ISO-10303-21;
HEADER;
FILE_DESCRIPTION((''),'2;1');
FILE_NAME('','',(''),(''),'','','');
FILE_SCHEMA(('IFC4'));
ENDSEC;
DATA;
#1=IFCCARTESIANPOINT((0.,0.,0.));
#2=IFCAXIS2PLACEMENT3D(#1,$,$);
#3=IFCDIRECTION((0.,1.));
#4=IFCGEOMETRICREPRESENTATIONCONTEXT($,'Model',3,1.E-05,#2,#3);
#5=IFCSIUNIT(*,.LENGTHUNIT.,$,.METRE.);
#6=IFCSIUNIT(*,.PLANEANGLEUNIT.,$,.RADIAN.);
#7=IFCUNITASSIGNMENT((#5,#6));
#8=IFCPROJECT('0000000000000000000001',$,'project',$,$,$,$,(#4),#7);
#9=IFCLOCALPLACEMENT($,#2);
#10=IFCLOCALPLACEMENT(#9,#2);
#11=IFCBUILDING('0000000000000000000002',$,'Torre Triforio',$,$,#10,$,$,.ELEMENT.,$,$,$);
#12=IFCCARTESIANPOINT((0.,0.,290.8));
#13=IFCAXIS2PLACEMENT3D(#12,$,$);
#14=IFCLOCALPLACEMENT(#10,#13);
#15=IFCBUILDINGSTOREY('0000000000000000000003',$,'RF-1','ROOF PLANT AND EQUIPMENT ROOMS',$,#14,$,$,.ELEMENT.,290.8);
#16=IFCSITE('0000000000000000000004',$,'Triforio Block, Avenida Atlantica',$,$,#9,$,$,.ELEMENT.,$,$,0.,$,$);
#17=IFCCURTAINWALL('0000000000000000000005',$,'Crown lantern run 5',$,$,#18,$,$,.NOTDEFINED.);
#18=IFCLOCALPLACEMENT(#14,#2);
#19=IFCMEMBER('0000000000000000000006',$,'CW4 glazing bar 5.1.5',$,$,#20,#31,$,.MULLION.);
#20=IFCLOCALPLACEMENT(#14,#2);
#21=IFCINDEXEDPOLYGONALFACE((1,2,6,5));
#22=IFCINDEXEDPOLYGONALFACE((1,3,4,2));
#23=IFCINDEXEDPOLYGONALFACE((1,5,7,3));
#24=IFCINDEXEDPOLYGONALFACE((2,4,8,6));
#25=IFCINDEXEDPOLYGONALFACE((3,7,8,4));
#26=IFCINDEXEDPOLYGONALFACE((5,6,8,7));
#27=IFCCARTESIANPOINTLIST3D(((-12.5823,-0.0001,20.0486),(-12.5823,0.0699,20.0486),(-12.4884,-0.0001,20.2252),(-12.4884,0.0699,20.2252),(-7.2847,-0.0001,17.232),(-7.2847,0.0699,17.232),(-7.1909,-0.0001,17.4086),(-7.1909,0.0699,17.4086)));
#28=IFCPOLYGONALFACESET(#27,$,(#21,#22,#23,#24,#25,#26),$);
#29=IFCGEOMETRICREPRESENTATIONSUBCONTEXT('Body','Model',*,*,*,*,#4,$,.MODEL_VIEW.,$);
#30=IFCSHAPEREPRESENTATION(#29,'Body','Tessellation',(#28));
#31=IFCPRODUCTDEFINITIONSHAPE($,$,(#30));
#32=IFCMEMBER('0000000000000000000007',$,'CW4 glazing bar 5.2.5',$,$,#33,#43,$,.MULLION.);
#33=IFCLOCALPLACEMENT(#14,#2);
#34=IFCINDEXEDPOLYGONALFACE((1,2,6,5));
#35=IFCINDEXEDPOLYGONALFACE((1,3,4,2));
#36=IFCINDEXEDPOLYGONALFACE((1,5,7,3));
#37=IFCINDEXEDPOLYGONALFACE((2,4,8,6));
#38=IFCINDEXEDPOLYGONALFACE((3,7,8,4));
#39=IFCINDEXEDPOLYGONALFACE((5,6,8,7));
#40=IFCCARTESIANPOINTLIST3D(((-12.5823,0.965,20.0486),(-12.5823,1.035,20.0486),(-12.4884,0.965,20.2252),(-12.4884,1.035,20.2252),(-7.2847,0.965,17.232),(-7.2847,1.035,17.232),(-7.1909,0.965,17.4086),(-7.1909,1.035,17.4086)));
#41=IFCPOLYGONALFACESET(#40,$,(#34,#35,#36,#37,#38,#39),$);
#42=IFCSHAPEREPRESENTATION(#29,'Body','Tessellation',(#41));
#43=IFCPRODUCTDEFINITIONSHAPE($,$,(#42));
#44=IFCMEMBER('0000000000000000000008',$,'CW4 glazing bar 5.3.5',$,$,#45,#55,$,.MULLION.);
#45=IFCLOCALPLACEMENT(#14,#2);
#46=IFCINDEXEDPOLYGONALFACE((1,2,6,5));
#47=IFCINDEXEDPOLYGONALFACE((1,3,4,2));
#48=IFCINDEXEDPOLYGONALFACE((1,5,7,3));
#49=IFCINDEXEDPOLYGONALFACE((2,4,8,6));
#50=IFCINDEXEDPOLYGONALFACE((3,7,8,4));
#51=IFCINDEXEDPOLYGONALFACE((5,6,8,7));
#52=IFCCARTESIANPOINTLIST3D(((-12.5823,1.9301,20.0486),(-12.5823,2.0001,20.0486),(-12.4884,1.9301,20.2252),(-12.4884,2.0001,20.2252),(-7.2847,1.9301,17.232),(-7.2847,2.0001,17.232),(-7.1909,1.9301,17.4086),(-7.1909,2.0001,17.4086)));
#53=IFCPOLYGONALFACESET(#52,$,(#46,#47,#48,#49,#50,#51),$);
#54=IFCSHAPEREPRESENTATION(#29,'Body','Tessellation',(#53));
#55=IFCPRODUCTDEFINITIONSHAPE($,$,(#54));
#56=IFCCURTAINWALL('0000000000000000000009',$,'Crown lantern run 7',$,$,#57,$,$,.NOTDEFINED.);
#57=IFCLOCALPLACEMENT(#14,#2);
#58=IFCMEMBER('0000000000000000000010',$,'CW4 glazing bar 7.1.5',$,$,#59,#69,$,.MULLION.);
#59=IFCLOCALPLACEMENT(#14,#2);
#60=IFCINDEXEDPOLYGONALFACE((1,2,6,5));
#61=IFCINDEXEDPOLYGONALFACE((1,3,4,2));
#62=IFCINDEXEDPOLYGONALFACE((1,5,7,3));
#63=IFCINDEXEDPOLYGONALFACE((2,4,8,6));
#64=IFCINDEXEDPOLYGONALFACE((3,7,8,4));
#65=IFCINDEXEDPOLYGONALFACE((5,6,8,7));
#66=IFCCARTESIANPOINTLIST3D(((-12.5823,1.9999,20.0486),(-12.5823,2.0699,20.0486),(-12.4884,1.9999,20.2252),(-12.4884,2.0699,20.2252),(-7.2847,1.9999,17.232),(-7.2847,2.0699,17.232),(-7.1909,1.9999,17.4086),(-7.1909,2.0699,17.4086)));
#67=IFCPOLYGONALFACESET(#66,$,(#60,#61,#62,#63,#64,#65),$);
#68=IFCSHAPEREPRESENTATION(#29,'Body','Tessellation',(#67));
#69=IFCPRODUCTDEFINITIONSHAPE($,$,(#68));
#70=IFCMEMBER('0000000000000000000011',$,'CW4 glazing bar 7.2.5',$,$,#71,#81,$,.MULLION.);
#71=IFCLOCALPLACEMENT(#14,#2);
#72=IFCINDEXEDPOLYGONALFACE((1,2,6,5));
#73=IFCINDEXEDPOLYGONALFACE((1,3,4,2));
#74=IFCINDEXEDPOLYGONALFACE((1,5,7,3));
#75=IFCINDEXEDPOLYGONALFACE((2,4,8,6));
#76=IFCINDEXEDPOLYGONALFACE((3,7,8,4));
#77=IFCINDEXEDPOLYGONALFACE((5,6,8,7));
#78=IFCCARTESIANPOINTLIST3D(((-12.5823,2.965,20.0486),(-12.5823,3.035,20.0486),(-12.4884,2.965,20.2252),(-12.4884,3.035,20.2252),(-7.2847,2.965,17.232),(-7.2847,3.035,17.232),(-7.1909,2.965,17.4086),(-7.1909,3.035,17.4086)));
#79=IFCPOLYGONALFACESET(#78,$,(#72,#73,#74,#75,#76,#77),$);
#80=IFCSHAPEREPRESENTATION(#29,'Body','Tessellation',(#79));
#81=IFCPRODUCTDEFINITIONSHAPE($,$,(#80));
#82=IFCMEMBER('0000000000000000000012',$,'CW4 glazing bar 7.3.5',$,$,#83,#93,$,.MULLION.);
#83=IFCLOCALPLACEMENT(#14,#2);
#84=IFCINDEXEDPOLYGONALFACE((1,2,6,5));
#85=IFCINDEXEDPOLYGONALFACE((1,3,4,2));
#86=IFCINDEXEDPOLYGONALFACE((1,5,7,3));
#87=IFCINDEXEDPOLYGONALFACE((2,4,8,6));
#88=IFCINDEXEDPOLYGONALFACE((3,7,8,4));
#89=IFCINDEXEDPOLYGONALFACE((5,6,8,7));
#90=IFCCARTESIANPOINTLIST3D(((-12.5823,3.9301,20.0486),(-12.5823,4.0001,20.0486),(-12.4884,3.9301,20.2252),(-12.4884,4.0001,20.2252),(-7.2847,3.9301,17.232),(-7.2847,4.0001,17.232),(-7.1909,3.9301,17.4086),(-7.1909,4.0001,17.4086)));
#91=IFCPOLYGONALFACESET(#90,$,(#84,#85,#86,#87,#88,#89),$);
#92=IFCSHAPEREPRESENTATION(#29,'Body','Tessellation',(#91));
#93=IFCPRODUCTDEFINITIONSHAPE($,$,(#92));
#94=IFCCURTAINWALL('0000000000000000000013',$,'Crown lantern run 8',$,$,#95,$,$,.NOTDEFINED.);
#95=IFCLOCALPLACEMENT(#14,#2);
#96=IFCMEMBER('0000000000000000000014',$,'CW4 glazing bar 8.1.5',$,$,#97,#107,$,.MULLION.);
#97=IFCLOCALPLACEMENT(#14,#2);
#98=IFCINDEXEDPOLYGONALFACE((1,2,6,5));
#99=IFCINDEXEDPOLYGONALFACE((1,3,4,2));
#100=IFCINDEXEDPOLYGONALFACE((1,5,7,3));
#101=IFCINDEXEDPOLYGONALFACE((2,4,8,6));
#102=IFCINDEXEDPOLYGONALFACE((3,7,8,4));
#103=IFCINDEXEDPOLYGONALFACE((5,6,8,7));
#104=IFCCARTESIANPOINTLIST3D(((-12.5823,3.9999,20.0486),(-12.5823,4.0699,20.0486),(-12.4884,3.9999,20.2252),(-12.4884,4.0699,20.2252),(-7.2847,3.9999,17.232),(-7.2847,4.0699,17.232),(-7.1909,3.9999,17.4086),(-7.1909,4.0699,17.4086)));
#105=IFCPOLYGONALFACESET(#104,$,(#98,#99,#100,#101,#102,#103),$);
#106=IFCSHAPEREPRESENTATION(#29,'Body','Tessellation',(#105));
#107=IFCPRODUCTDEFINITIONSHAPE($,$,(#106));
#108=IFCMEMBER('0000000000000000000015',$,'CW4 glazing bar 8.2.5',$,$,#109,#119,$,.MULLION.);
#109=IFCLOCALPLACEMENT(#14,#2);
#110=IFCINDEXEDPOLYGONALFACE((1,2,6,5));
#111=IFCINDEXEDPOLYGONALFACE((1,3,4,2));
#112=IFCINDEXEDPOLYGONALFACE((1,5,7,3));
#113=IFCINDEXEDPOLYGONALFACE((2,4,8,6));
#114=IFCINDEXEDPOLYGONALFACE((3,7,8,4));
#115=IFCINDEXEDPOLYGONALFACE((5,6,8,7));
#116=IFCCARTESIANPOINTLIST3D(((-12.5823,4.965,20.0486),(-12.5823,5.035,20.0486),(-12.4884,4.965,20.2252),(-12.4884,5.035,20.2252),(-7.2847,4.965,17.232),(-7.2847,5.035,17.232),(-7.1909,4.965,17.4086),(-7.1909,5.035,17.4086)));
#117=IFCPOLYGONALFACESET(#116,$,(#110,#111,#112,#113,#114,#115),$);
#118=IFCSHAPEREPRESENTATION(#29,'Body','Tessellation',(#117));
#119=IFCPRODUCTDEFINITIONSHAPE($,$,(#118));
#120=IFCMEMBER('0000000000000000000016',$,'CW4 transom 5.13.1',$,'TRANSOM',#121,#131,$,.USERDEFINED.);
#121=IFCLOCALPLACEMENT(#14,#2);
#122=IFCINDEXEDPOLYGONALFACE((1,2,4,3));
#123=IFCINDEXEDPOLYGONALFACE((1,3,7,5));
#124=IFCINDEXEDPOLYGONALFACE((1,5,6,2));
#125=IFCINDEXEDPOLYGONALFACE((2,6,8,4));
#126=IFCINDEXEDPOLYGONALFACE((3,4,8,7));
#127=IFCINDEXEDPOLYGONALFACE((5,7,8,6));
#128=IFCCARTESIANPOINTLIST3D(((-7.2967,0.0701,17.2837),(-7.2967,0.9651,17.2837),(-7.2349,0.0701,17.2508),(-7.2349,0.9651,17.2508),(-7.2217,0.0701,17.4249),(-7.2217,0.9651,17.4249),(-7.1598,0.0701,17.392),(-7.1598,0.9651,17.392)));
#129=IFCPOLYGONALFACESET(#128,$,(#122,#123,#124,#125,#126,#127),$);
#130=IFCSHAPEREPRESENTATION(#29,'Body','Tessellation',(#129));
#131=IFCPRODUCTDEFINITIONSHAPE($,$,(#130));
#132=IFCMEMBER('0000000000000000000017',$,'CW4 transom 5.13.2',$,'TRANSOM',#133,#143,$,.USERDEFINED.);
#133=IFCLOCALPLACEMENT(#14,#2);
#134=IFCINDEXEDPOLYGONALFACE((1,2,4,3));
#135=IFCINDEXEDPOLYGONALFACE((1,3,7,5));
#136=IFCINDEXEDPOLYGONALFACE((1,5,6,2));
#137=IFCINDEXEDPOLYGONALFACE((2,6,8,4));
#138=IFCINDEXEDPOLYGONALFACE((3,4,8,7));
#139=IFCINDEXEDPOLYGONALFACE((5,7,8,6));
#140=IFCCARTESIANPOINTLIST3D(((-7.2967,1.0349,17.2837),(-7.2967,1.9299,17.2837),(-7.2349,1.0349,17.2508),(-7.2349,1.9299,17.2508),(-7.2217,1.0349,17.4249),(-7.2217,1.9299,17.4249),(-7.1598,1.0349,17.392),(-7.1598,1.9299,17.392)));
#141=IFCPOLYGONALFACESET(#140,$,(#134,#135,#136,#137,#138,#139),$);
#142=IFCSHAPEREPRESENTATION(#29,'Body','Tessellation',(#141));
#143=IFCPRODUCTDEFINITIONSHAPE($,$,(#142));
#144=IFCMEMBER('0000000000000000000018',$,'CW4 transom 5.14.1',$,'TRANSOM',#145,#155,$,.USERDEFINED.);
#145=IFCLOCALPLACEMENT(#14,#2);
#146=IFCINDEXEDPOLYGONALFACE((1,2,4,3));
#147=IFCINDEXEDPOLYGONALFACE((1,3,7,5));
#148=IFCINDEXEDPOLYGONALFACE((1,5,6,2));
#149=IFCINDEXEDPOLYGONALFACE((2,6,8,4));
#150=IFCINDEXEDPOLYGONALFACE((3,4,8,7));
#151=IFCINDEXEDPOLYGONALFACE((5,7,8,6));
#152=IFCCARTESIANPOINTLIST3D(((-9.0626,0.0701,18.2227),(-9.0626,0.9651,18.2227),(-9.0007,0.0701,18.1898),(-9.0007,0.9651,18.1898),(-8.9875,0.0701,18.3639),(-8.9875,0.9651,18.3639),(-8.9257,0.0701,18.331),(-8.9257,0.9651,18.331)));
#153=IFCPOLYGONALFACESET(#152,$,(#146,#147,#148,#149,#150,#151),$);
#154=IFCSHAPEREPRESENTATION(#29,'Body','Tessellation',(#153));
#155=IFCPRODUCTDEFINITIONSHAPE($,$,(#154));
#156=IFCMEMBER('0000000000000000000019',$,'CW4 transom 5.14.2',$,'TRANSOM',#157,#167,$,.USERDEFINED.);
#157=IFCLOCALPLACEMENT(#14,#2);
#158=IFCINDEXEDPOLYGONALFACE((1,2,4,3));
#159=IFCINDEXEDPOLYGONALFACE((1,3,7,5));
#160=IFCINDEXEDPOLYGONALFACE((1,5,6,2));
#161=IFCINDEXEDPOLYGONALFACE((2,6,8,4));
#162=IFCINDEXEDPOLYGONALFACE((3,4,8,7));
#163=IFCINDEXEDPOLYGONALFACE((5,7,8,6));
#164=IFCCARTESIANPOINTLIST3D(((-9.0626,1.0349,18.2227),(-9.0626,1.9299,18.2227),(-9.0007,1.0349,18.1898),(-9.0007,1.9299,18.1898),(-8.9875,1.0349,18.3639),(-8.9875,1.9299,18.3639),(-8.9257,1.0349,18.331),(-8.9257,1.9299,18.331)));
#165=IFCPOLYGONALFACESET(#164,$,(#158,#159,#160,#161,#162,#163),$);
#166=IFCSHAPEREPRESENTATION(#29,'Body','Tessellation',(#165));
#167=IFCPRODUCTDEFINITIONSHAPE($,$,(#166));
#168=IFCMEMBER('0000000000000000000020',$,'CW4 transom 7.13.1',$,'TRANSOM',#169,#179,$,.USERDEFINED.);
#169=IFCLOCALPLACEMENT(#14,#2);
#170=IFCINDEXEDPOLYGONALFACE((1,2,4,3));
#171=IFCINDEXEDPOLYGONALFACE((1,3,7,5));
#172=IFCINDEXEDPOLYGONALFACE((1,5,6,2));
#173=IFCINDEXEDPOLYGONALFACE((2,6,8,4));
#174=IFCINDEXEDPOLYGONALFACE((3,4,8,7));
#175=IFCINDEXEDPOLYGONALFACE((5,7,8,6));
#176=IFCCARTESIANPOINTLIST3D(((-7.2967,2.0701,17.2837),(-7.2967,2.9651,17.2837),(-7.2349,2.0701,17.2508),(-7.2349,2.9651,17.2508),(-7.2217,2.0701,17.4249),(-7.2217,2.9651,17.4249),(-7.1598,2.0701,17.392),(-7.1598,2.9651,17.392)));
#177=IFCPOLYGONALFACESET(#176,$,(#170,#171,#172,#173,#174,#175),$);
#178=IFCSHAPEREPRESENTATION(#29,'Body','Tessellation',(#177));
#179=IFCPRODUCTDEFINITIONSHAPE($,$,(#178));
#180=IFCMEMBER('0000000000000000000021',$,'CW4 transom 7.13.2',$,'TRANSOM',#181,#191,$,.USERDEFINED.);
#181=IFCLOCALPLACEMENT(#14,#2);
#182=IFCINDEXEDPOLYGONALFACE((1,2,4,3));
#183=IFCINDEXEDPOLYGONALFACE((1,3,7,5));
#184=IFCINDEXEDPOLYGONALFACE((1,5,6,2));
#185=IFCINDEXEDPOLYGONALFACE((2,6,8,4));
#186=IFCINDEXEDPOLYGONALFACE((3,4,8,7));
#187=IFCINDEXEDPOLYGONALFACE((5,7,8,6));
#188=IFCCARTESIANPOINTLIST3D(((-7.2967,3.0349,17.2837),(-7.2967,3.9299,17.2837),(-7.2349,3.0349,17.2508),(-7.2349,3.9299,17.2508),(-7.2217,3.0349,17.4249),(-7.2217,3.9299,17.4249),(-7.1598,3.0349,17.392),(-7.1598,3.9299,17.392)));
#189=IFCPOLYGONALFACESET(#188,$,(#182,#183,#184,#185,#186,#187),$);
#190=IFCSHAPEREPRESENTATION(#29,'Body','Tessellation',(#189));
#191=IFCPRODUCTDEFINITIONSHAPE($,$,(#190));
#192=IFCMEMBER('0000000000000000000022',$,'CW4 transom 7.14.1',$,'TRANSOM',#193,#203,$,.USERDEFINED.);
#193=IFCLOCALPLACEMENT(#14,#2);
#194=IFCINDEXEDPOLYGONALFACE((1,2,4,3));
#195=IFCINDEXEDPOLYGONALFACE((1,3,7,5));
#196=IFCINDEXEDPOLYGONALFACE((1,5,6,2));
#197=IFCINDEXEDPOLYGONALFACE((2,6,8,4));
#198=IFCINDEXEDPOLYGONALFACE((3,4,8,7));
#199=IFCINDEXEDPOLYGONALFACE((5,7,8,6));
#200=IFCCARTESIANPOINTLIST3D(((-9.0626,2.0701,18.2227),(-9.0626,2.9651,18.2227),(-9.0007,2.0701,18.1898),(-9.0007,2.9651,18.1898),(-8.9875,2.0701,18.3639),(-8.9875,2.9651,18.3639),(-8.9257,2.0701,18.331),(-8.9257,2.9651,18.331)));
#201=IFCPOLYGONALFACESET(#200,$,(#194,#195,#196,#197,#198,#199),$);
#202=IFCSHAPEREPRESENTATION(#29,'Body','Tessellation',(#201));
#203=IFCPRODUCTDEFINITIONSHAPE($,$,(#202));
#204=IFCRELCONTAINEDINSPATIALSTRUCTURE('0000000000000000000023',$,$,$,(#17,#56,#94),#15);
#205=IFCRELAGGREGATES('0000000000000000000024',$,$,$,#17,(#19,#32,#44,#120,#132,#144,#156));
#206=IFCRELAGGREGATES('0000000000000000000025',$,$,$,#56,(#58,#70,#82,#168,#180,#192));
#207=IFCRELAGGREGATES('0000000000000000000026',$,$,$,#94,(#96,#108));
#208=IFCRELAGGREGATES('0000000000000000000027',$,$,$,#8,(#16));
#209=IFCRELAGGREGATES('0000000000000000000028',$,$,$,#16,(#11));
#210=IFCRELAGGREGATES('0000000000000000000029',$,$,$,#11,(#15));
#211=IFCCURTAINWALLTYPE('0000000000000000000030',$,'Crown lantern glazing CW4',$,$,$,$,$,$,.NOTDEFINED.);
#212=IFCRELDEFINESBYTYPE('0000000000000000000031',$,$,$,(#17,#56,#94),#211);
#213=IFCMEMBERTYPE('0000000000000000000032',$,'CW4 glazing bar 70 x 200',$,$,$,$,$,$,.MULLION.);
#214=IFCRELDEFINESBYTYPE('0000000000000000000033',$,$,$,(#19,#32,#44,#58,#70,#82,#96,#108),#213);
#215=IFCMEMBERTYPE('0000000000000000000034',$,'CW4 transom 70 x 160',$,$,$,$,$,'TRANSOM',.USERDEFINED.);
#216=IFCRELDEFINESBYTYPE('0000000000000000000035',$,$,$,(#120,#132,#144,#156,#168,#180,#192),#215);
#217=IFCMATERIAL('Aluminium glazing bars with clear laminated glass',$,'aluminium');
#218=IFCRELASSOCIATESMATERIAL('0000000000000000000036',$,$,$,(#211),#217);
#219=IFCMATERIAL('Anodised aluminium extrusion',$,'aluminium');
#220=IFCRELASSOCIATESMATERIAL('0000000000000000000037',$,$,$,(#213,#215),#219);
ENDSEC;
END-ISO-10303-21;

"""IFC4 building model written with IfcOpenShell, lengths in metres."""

from ifc_helpers import new_model, si_unit, direction, frame, origin, origin_2d, place, context, subcontext, project, spatial, rectangle, extrude, material, material_profile, profile_set, type_object, element, aggregate, save


model = new_model("IFC4")

# Units and contexts
model_context = context("Model", 3, precision=1e-05, world=origin(), true_north=direction((0.0, 1.0)))
body_context = subcontext(model_context, "Body", "Model", "MODEL_VIEW")
ifc_project = project(units=[si_unit("LENGTHUNIT", "METRE"), si_unit("PLANEANGLEUNIT", "RADIAN")], contexts=[model_context])

# Site, building, storey
site_placement = place(None, origin())
site = spatial("IfcSite", under=ifc_project, at=site_placement, Name="Triforio Block, Avenida Atlantica", CompositionType="ELEMENT", RefElevation=0.0)
building_placement = place(site_placement, origin())
building = spatial("IfcBuilding", under=site, at=building_placement, Name="Torre Triforio", CompositionType="ELEMENT")
storey_placement = place(building_placement, frame((0.0, 0.0, 290.8)))
storey = spatial("IfcBuildingStorey", under=building, at=storey_placement, Name="RF-1", Description="ROOF PLANT AND EQUIPMENT ROOMS", CompositionType="ELEMENT", Elevation=290.8)

# Curtain walls, members
ifc_material_1 = material(Name="Aluminium glazing bars with clear laminated glass", Category="aluminium")
curtain_wall_type = type_object("IfcCurtainWallType", Name="Crown lantern glazing CW4", PredefinedType="NOTDEFINED", material=ifc_material_1)
curtain_wall_1_placement = place(storey_placement, origin())
curtain_wall_1 = element("IfcCurtainWall", 1, at=curtain_wall_1_placement, inside=storey, type_object=curtain_wall_type, Name="Crown lantern run 5", PredefinedType="NOTDEFINED")
ifc_material_2 = material(Name="Anodised aluminium extrusion", Category="aluminium")
ifc_material_profile_1 = material_profile(ifc_material_2, rectangle(XDim=0.0701, YDim=0.2, at=origin_2d()), Name="CW4 MULLION 70x200")
ifc_profile_set_1 = profile_set([ifc_material_profile_1], Name="Anodised aluminium extrusion")
member_type_1 = type_object("IfcMemberType", Name="CW4 glazing bar 70 x 200", PredefinedType="MULLION", material=ifc_profile_set_1)
member_1_placement = place(storey_placement, frame((-7.2378, 0.0349, 17.3203), z_axis=(-0.882957, 0.0, 0.469454), x_axis=(0.0, -1.0, 0.0)))
member_1 = element("IfcMember", 2, at=member_1_placement, type_object=member_type_1, Name="CW4 glazing bar 5.1.5", PredefinedType="MULLION", context=body_context, shape_type="SweptSolid", body=[
    extrude(rectangle(XDim=0.0701, YDim=0.2, at=origin_2d()), origin(), (0.0, 0.0, 1.0), 5.9998),
])
member_2_placement = place(storey_placement, frame((-7.2378, 1.0, 17.3203), z_axis=(-0.882957, 0.0, 0.469454), x_axis=(0.0, -1.0, 0.0)))
member_2 = element("IfcMember", 3, at=member_2_placement, type_object=member_type_1, Name="CW4 glazing bar 5.2.5", PredefinedType="MULLION", context=body_context, shape_type="SweptSolid", body=[
    extrude(rectangle(XDim=0.0701, YDim=0.2, at=origin_2d()), origin(), (0.0, 0.0, 1.0), 5.9998),
])
member_3_placement = place(storey_placement, frame((-7.2378, 1.9651, 17.3203), z_axis=(-0.882957, 0.0, 0.469454), x_axis=(0.0, -1.0, 0.0)))
member_3 = element("IfcMember", 4, at=member_3_placement, type_object=member_type_1, Name="CW4 glazing bar 5.3.5", PredefinedType="MULLION", context=body_context, shape_type="SweptSolid", body=[
    extrude(rectangle(XDim=0.0701, YDim=0.2, at=origin_2d()), origin(), (0.0, 0.0, 1.0), 5.9998),
])
curtain_wall_2_placement = place(storey_placement, origin())
curtain_wall_2 = element("IfcCurtainWall", 5, at=curtain_wall_2_placement, inside=storey, type_object=curtain_wall_type, Name="Crown lantern run 7", PredefinedType="NOTDEFINED")
member_4_placement = place(storey_placement, frame((-7.2378, 2.0349, 17.3203), z_axis=(-0.882957, 0.0, 0.469454), x_axis=(0.0, -1.0, 0.0)))
member_4 = element("IfcMember", 6, at=member_4_placement, type_object=member_type_1, Name="CW4 glazing bar 7.1.5", PredefinedType="MULLION", context=body_context, shape_type="SweptSolid", body=[
    extrude(rectangle(XDim=0.0701, YDim=0.2, at=origin_2d()), origin(), (0.0, 0.0, 1.0), 5.9998),
])
member_5_placement = place(storey_placement, frame((-7.2378, 3.0, 17.3203), z_axis=(-0.882957, 0.0, 0.469454), x_axis=(0.0, -1.0, 0.0)))
member_5 = element("IfcMember", 7, at=member_5_placement, type_object=member_type_1, Name="CW4 glazing bar 7.2.5", PredefinedType="MULLION", context=body_context, shape_type="SweptSolid", body=[
    extrude(rectangle(XDim=0.0701, YDim=0.2, at=origin_2d()), origin(), (0.0, 0.0, 1.0), 5.9998),
])
member_6_placement = place(storey_placement, frame((-7.2378, 3.9651, 17.3203), z_axis=(-0.882957, 0.0, 0.469454), x_axis=(0.0, -1.0, 0.0)))
member_6 = element("IfcMember", 8, at=member_6_placement, type_object=member_type_1, Name="CW4 glazing bar 7.3.5", PredefinedType="MULLION", context=body_context, shape_type="SweptSolid", body=[
    extrude(rectangle(XDim=0.0701, YDim=0.2, at=origin_2d()), origin(), (0.0, 0.0, 1.0), 5.9998),
])
curtain_wall_3_placement = place(storey_placement, origin())
curtain_wall_3 = element("IfcCurtainWall", 9, at=curtain_wall_3_placement, inside=storey, type_object=curtain_wall_type, Name="Crown lantern run 8", PredefinedType="NOTDEFINED")
member_7_placement = place(storey_placement, frame((-7.2378, 4.0349, 17.3203), z_axis=(-0.882957, 0.0, 0.469454), x_axis=(0.0, -1.0, 0.0)))
member_7 = element("IfcMember", 10, at=member_7_placement, type_object=member_type_1, Name="CW4 glazing bar 8.1.5", PredefinedType="MULLION", context=body_context, shape_type="SweptSolid", body=[
    extrude(rectangle(XDim=0.0701, YDim=0.2, at=origin_2d()), origin(), (0.0, 0.0, 1.0), 5.9998),
])
member_8_placement = place(storey_placement, frame((-7.2378, 5.0, 17.3203), z_axis=(-0.882957, 0.0, 0.469454), x_axis=(0.0, -1.0, 0.0)))
member_8 = element("IfcMember", 11, at=member_8_placement, type_object=member_type_1, Name="CW4 glazing bar 8.2.5", PredefinedType="MULLION", context=body_context, shape_type="SweptSolid", body=[
    extrude(rectangle(XDim=0.0701, YDim=0.2, at=origin_2d()), origin(), (0.0, 0.0, 1.0), 5.9998),
])

# Members
ifc_material_profile_2 = material_profile(ifc_material_2, rectangle(XDim=0.0701, YDim=0.1599, at=origin_2d()), Name="CW4 TRANSOM 70x160")
ifc_profile_set_2 = profile_set([ifc_material_profile_2], Name="Anodised aluminium extrusion")
member_type_2 = type_object("IfcMemberType", Name="CW4 transom 70 x 160", ElementType="TRANSOM", PredefinedType="USERDEFINED", material=ifc_profile_set_2)
member_9_placement = place(storey_placement, frame((-7.2283, 0.0701, 17.3379), z_axis=(0.0, 1.0, 0.0), x_axis=(-0.882948, 0.0, 0.469472)))
member_9 = element("IfcMember", 12, at=member_9_placement, type_object=member_type_2, Name="CW4 transom 5.13.1", ObjectType="TRANSOM", PredefinedType="USERDEFINED", context=body_context, shape_type="SweptSolid", body=[
    extrude(rectangle(XDim=0.0701, YDim=0.1599, at=origin_2d()), origin(), (0.0, 0.0, 1.0), 0.895),
])
member_10_placement = place(storey_placement, frame((-7.2283, 1.0349, 17.3379), z_axis=(0.0, 1.0, 0.0), x_axis=(-0.882948, 0.0, 0.469472)))
member_10 = element("IfcMember", 13, at=member_10_placement, type_object=member_type_2, Name="CW4 transom 5.13.2", ObjectType="TRANSOM", PredefinedType="USERDEFINED", context=body_context, shape_type="SweptSolid", body=[
    extrude(rectangle(XDim=0.0701, YDim=0.1599, at=origin_2d()), origin(), (0.0, 0.0, 1.0), 0.895),
])
member_11_placement = place(storey_placement, frame((-8.9941, 0.0701, 18.2769), z_axis=(0.0, 1.0, 0.0), x_axis=(-0.882948, 0.0, 0.469472)))
member_11 = element("IfcMember", 14, at=member_11_placement, type_object=member_type_2, Name="CW4 transom 5.14.1", ObjectType="TRANSOM", PredefinedType="USERDEFINED", context=body_context, shape_type="SweptSolid", body=[
    extrude(rectangle(XDim=0.0701, YDim=0.1599, at=origin_2d()), origin(), (0.0, 0.0, 1.0), 0.895),
])
member_12_placement = place(storey_placement, frame((-8.9941, 1.0349, 18.2769), z_axis=(0.0, 1.0, 0.0), x_axis=(-0.882948, 0.0, 0.469472)))
member_12 = element("IfcMember", 15, at=member_12_placement, type_object=member_type_2, Name="CW4 transom 5.14.2", ObjectType="TRANSOM", PredefinedType="USERDEFINED", context=body_context, shape_type="SweptSolid", body=[
    extrude(rectangle(XDim=0.0701, YDim=0.1599, at=origin_2d()), origin(), (0.0, 0.0, 1.0), 0.895),
])
member_13_placement = place(storey_placement, frame((-7.2283, 2.0701, 17.3379), z_axis=(0.0, 1.0, 0.0), x_axis=(-0.882948, 0.0, 0.469472)))
member_13 = element("IfcMember", 16, at=member_13_placement, type_object=member_type_2, Name="CW4 transom 7.13.1", ObjectType="TRANSOM", PredefinedType="USERDEFINED", context=body_context, shape_type="SweptSolid", body=[
    extrude(rectangle(XDim=0.0701, YDim=0.1599, at=origin_2d()), origin(), (0.0, 0.0, 1.0), 0.895),
])
member_14_placement = place(storey_placement, frame((-7.2283, 3.0349, 17.3379), z_axis=(0.0, 1.0, 0.0), x_axis=(-0.882948, 0.0, 0.469472)))
member_14 = element("IfcMember", 17, at=member_14_placement, type_object=member_type_2, Name="CW4 transom 7.13.2", ObjectType="TRANSOM", PredefinedType="USERDEFINED", context=body_context, shape_type="SweptSolid", body=[
    extrude(rectangle(XDim=0.0701, YDim=0.1599, at=origin_2d()), origin(), (0.0, 0.0, 1.0), 0.895),
])
member_15_placement = place(storey_placement, frame((-8.9941, 2.0701, 18.2769), z_axis=(0.0, 1.0, 0.0), x_axis=(-0.882948, 0.0, 0.469472)))
member_15 = element("IfcMember", 18, at=member_15_placement, type_object=member_type_2, Name="CW4 transom 7.14.1", ObjectType="TRANSOM", PredefinedType="USERDEFINED", context=body_context, shape_type="SweptSolid", body=[
    extrude(rectangle(XDim=0.0701, YDim=0.1599, at=origin_2d()), origin(), (0.0, 0.0, 1.0), 0.895),
])

aggregate(curtain_wall_1, [member_1, member_2, member_3, member_9, member_10, member_11, member_12])
aggregate(curtain_wall_2, [member_4, member_5, member_6, member_13, member_14, member_15])
aggregate(curtain_wall_3, [member_7, member_8])

save(model, "model.ifc")
